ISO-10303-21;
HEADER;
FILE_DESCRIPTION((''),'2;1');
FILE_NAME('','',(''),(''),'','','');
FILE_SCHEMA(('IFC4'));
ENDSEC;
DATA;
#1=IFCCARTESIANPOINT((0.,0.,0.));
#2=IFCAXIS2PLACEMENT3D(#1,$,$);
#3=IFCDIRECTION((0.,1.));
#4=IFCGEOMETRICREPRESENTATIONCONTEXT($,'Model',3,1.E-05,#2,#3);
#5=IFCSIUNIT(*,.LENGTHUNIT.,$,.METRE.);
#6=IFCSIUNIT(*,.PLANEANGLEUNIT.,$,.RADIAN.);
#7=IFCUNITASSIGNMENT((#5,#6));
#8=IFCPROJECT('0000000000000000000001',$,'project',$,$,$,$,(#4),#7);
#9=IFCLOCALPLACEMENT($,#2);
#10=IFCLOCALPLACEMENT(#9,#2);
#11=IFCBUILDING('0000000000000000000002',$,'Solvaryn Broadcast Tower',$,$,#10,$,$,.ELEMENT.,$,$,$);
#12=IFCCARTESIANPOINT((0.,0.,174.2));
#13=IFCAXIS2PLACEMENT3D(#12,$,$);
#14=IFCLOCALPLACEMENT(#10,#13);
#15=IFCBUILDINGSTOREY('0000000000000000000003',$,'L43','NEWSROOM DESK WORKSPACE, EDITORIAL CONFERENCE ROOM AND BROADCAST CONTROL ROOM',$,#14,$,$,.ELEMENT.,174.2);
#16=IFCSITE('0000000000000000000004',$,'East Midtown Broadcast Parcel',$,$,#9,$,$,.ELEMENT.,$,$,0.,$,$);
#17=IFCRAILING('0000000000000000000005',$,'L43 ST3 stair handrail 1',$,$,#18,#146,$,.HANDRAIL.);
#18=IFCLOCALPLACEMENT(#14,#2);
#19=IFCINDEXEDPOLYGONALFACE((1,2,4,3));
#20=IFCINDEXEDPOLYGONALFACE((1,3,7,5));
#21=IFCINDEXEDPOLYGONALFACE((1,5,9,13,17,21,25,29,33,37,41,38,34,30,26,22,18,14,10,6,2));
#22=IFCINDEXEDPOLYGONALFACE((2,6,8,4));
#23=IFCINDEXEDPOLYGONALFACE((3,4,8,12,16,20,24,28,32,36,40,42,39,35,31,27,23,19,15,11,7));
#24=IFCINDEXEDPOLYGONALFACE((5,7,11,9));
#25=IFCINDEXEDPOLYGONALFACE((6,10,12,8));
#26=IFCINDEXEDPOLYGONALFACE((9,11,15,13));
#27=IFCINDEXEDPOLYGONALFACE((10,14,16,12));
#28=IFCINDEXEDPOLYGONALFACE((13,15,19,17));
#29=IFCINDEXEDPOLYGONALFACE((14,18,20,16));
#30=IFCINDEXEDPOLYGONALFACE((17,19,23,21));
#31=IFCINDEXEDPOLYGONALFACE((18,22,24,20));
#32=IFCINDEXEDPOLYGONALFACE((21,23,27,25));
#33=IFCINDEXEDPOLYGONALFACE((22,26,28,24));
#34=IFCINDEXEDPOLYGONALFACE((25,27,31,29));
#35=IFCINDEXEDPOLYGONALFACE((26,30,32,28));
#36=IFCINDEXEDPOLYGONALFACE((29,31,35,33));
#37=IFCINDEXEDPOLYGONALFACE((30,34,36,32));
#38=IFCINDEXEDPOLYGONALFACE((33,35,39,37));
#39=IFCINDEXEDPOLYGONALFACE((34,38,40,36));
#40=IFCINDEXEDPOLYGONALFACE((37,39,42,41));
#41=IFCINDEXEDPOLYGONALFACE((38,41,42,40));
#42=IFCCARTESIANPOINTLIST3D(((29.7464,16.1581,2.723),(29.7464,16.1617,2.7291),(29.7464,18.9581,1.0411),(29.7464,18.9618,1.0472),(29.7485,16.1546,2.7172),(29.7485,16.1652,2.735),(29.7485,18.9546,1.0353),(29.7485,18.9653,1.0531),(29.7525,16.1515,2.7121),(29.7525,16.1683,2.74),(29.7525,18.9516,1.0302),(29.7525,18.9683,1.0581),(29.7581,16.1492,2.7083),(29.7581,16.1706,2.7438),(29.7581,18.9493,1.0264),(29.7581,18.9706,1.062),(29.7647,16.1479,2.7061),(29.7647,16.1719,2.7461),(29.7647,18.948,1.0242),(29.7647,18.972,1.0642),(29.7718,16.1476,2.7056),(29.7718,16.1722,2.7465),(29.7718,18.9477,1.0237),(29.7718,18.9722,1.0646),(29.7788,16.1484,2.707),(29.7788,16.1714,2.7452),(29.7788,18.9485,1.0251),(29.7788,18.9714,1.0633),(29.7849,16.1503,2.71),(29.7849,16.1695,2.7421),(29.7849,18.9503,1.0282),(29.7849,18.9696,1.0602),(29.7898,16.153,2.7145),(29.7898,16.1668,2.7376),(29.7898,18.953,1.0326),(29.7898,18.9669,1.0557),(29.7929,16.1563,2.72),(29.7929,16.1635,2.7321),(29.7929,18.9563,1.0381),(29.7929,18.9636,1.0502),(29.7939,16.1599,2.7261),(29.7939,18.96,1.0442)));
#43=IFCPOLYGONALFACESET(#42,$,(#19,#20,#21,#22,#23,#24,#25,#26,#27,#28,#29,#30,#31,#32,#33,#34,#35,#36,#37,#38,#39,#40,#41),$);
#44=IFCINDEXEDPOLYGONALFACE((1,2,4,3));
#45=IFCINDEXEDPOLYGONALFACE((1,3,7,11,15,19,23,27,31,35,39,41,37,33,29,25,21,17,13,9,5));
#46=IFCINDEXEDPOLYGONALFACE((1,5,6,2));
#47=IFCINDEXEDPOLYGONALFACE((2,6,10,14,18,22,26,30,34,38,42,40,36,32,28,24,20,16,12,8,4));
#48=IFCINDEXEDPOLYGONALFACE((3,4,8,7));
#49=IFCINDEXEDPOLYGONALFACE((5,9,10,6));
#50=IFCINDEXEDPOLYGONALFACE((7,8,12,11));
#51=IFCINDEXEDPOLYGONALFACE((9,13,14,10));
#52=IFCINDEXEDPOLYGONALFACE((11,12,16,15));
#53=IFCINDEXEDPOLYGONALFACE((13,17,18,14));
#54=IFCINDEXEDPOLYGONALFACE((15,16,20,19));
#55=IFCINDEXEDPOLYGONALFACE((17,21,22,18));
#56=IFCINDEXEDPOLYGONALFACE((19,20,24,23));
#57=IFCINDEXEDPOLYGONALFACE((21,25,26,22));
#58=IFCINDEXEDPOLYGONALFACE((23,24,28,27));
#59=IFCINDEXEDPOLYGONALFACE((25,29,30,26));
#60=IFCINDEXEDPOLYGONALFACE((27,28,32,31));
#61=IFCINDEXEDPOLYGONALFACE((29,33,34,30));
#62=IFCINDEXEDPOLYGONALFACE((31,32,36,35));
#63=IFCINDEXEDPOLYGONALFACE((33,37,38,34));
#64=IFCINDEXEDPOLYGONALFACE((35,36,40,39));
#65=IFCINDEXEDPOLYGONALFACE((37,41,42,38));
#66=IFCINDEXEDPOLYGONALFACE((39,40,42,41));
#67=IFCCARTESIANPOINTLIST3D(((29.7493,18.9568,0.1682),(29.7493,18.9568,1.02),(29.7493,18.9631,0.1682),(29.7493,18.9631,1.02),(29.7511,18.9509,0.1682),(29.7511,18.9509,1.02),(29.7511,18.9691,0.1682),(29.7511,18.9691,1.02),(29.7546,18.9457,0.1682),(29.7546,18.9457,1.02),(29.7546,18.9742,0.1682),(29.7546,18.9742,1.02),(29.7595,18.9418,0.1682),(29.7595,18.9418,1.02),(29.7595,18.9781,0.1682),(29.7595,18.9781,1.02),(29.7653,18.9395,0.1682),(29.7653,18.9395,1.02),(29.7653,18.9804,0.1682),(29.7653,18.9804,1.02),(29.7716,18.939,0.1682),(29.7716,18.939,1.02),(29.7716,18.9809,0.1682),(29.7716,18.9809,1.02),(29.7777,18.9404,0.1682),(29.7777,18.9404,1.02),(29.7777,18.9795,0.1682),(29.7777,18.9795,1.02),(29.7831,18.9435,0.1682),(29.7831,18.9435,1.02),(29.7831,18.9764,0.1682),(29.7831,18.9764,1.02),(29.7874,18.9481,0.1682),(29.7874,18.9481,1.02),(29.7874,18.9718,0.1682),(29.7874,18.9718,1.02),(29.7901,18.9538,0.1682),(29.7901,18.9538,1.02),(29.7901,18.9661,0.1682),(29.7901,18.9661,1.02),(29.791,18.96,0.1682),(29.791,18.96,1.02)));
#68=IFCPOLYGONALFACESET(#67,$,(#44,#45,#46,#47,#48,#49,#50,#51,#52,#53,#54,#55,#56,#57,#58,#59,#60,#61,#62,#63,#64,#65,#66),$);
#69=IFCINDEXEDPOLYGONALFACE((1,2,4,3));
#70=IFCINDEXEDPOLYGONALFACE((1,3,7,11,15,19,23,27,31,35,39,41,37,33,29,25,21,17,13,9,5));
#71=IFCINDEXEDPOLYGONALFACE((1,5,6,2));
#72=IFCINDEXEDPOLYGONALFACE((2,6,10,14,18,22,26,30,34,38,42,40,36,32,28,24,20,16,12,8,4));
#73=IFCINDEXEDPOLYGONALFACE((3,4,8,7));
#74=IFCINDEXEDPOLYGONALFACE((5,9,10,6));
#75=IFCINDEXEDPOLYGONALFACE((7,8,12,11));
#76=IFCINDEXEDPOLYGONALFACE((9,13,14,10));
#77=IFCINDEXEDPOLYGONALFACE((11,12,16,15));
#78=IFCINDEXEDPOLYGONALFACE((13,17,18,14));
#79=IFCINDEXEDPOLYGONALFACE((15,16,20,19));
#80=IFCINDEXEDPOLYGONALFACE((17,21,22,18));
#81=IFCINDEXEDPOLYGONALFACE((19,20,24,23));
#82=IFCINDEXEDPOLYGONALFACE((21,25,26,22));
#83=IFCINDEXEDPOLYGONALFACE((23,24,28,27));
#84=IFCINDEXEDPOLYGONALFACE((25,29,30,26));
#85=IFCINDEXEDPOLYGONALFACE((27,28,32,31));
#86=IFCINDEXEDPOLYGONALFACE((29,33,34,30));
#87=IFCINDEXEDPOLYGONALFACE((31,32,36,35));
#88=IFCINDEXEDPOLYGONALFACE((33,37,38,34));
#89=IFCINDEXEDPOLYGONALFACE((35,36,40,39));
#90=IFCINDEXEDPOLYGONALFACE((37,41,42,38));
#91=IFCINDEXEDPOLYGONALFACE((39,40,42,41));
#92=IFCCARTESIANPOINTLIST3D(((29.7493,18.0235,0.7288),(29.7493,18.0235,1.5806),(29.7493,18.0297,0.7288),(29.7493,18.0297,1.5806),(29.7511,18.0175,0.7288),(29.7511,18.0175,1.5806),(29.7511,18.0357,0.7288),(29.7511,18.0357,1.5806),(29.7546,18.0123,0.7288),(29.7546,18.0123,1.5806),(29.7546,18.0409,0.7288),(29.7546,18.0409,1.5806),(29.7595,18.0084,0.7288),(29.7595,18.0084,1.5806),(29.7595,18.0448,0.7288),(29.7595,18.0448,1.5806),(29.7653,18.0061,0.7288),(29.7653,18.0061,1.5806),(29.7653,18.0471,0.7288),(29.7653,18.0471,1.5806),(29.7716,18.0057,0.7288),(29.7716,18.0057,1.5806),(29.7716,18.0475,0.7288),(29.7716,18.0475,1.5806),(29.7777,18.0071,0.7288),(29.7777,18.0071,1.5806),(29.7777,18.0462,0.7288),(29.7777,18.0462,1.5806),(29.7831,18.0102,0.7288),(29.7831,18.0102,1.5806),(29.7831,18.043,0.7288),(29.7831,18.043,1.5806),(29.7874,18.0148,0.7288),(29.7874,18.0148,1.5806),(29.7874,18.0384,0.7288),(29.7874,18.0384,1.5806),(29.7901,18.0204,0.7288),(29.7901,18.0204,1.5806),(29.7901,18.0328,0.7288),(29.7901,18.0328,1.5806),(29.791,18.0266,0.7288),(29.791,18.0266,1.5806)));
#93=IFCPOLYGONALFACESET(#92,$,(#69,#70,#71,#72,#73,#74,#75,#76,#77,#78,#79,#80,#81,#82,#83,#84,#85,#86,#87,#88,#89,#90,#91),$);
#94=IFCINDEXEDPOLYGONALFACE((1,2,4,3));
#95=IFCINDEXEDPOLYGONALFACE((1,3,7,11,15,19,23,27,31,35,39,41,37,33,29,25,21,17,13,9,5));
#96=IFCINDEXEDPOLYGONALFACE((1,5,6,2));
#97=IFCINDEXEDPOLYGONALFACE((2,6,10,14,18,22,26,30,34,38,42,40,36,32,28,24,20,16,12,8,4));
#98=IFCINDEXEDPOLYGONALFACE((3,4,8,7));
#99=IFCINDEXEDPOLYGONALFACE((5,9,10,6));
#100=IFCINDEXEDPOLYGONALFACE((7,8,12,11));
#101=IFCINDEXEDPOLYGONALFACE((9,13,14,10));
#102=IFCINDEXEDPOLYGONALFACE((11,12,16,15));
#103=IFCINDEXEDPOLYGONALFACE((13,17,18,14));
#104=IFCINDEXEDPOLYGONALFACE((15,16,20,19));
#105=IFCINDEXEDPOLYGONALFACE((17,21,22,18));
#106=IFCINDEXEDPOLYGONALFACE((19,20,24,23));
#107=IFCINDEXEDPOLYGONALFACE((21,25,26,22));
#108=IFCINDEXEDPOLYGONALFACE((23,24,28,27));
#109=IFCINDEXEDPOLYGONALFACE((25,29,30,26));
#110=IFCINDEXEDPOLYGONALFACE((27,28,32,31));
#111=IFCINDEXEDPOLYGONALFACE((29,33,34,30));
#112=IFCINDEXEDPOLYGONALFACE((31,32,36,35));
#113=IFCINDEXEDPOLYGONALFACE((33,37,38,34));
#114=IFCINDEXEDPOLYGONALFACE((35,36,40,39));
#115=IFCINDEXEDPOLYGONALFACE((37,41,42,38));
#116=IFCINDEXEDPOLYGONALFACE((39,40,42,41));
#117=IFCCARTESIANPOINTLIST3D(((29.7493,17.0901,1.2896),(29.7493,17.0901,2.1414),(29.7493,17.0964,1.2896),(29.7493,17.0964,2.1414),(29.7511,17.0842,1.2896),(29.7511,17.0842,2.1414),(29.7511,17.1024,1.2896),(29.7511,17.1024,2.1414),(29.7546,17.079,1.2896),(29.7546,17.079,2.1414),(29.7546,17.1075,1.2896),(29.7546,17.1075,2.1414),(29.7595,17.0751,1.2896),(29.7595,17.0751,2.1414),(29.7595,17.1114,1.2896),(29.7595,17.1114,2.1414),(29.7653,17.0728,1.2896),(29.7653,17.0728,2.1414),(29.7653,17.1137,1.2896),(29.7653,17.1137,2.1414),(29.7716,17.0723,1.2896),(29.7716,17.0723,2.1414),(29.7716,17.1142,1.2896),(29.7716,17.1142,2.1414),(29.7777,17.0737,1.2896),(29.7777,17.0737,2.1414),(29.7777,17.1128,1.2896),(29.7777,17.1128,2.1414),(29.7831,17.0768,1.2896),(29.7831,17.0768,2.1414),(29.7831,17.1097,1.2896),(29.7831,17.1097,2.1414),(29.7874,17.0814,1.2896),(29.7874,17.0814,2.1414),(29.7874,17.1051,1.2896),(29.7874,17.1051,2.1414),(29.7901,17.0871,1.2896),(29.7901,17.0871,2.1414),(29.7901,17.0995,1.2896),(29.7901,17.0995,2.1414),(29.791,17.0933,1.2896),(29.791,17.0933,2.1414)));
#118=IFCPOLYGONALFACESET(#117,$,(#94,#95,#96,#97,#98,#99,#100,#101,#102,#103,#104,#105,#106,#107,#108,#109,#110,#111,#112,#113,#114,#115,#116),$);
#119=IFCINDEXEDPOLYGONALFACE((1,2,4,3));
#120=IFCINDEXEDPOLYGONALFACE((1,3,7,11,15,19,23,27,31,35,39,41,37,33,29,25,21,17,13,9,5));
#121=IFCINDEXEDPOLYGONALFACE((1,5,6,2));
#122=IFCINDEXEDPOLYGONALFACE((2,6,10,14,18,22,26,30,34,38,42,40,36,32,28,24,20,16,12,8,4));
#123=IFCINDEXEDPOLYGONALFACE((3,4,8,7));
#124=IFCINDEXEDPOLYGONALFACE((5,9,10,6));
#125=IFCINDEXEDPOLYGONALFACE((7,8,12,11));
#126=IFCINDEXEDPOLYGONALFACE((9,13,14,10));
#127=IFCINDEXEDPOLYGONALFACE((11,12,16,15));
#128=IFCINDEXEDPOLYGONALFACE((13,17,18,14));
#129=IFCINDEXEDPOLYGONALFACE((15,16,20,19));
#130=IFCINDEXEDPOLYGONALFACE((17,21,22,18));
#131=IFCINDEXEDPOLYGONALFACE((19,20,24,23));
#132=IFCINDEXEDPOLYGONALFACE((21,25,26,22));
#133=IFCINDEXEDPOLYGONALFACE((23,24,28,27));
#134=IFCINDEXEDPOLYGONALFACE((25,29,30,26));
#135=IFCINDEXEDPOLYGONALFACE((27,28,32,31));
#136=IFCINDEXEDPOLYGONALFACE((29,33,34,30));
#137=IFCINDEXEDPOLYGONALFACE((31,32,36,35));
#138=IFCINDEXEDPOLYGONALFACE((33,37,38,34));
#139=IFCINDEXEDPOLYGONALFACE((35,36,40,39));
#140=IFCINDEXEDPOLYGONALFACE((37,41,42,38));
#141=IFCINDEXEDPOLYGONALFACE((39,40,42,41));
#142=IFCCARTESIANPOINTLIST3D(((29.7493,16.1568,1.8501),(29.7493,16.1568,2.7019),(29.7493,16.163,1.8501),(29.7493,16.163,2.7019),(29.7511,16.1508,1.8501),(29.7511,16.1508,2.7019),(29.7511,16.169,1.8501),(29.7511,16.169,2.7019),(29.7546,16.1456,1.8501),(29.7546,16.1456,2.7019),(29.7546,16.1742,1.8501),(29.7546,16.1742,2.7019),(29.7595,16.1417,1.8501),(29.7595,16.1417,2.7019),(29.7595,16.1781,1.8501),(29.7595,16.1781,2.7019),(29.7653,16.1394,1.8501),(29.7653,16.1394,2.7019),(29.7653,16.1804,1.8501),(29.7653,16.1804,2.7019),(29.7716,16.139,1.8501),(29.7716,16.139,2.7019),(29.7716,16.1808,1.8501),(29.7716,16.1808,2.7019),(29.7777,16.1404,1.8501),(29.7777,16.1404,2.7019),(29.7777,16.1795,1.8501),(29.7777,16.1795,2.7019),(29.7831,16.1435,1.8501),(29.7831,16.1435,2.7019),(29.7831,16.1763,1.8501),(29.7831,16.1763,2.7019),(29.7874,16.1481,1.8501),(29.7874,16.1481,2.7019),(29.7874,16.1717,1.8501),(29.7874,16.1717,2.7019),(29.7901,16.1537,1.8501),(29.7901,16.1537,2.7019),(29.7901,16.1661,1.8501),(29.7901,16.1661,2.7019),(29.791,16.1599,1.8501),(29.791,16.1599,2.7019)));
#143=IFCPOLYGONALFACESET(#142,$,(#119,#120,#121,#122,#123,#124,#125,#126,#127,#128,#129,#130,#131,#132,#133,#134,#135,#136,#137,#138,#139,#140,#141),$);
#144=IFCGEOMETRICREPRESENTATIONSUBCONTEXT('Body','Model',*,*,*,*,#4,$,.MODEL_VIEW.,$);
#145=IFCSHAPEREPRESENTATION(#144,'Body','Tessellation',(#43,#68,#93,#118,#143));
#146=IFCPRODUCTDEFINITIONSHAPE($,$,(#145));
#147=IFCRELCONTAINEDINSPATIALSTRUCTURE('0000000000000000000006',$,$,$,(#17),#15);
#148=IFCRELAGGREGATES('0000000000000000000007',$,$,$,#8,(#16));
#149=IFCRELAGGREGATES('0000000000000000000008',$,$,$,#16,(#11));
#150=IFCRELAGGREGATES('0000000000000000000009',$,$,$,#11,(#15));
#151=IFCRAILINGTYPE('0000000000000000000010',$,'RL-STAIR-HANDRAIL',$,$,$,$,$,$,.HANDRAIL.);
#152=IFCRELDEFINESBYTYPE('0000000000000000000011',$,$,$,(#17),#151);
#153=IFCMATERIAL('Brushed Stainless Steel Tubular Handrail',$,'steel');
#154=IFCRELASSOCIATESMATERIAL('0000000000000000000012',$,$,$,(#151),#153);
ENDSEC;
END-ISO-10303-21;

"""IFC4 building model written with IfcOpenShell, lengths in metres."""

from ifc_helpers import new_model, si_unit, direction, frame, origin, origin_2d, place, context, subcontext, project, spatial, circle, extrude, material, type_object, element, save


model = new_model("IFC4")

# Units and contexts
model_context = context("Model", 3, precision=1e-05, world=origin(), true_north=direction((0.0, 1.0)))
body_context = subcontext(model_context, "Body", "Model", "MODEL_VIEW")
ifc_project = project(units=[si_unit("LENGTHUNIT", "METRE"), si_unit("PLANEANGLEUNIT", "RADIAN")], contexts=[model_context])

# Site, building, storey
site_placement = place(None, origin())
site = spatial("IfcSite", under=ifc_project, at=site_placement, Name="East Midtown Broadcast Parcel", CompositionType="ELEMENT", RefElevation=0.0)
building_placement = place(site_placement, origin())
building = spatial("IfcBuilding", under=site, at=building_placement, Name="Solvaryn Broadcast Tower", CompositionType="ELEMENT")
storey_placement = place(building_placement, frame((0.0, 0.0, 174.2)))
storey = spatial("IfcBuildingStorey", under=building, at=storey_placement, Name="L43", Description="NEWSROOM DESK WORKSPACE, EDITORIAL CONFERENCE ROOM AND BROADCAST CONTROL ROOM", CompositionType="ELEMENT", Elevation=174.2)

# Railing
ifc_material_1 = material(Name="Brushed Stainless Steel Tubular Handrail", Category="steel")
railing_type_1 = type_object("IfcRailingType", Name="RL-STAIR-HANDRAIL", PredefinedType="HANDRAIL", material=ifc_material_1)
railing_1_placement = place(storey_placement, frame((29.77, 18.96, 0.1682)))
element("IfcRailing", 1, at=railing_1_placement, inside=storey, type_object=railing_type_1, Name="L43 ST3 stair handrail 1", PredefinedType="HANDRAIL", context=body_context, shape_type="SweptSolid", body=[
    extrude(circle(Radius=0.0239, at=origin_2d()), frame((0.0, 0.0, 0.876), z_axis=(0.0, -0.857242, 0.514913), x_axis=(1.0, 0.0, 0.0)), (0.0, 0.0, 1.0), 3.2664),
    extrude(circle(Radius=0.021, at=origin_2d()), origin(), (0.0, 0.0, 1.0), 0.8518),
    extrude(circle(Radius=0.021, at=origin_2d()), frame((0.0, -0.9333, 0.5605)), (0.0, 0.0, 1.0), 0.8518),
    extrude(circle(Radius=0.021, at=origin_2d()), frame((0.0, -1.8667, 1.1213)), (0.0, 0.0, 1.0), 0.8518),
    extrude(circle(Radius=0.021, at=origin_2d()), frame((0.0, -2.8, 1.6819)), (0.0, 0.0, 1.0), 0.8518),
])

save(model, "model.ifc")
